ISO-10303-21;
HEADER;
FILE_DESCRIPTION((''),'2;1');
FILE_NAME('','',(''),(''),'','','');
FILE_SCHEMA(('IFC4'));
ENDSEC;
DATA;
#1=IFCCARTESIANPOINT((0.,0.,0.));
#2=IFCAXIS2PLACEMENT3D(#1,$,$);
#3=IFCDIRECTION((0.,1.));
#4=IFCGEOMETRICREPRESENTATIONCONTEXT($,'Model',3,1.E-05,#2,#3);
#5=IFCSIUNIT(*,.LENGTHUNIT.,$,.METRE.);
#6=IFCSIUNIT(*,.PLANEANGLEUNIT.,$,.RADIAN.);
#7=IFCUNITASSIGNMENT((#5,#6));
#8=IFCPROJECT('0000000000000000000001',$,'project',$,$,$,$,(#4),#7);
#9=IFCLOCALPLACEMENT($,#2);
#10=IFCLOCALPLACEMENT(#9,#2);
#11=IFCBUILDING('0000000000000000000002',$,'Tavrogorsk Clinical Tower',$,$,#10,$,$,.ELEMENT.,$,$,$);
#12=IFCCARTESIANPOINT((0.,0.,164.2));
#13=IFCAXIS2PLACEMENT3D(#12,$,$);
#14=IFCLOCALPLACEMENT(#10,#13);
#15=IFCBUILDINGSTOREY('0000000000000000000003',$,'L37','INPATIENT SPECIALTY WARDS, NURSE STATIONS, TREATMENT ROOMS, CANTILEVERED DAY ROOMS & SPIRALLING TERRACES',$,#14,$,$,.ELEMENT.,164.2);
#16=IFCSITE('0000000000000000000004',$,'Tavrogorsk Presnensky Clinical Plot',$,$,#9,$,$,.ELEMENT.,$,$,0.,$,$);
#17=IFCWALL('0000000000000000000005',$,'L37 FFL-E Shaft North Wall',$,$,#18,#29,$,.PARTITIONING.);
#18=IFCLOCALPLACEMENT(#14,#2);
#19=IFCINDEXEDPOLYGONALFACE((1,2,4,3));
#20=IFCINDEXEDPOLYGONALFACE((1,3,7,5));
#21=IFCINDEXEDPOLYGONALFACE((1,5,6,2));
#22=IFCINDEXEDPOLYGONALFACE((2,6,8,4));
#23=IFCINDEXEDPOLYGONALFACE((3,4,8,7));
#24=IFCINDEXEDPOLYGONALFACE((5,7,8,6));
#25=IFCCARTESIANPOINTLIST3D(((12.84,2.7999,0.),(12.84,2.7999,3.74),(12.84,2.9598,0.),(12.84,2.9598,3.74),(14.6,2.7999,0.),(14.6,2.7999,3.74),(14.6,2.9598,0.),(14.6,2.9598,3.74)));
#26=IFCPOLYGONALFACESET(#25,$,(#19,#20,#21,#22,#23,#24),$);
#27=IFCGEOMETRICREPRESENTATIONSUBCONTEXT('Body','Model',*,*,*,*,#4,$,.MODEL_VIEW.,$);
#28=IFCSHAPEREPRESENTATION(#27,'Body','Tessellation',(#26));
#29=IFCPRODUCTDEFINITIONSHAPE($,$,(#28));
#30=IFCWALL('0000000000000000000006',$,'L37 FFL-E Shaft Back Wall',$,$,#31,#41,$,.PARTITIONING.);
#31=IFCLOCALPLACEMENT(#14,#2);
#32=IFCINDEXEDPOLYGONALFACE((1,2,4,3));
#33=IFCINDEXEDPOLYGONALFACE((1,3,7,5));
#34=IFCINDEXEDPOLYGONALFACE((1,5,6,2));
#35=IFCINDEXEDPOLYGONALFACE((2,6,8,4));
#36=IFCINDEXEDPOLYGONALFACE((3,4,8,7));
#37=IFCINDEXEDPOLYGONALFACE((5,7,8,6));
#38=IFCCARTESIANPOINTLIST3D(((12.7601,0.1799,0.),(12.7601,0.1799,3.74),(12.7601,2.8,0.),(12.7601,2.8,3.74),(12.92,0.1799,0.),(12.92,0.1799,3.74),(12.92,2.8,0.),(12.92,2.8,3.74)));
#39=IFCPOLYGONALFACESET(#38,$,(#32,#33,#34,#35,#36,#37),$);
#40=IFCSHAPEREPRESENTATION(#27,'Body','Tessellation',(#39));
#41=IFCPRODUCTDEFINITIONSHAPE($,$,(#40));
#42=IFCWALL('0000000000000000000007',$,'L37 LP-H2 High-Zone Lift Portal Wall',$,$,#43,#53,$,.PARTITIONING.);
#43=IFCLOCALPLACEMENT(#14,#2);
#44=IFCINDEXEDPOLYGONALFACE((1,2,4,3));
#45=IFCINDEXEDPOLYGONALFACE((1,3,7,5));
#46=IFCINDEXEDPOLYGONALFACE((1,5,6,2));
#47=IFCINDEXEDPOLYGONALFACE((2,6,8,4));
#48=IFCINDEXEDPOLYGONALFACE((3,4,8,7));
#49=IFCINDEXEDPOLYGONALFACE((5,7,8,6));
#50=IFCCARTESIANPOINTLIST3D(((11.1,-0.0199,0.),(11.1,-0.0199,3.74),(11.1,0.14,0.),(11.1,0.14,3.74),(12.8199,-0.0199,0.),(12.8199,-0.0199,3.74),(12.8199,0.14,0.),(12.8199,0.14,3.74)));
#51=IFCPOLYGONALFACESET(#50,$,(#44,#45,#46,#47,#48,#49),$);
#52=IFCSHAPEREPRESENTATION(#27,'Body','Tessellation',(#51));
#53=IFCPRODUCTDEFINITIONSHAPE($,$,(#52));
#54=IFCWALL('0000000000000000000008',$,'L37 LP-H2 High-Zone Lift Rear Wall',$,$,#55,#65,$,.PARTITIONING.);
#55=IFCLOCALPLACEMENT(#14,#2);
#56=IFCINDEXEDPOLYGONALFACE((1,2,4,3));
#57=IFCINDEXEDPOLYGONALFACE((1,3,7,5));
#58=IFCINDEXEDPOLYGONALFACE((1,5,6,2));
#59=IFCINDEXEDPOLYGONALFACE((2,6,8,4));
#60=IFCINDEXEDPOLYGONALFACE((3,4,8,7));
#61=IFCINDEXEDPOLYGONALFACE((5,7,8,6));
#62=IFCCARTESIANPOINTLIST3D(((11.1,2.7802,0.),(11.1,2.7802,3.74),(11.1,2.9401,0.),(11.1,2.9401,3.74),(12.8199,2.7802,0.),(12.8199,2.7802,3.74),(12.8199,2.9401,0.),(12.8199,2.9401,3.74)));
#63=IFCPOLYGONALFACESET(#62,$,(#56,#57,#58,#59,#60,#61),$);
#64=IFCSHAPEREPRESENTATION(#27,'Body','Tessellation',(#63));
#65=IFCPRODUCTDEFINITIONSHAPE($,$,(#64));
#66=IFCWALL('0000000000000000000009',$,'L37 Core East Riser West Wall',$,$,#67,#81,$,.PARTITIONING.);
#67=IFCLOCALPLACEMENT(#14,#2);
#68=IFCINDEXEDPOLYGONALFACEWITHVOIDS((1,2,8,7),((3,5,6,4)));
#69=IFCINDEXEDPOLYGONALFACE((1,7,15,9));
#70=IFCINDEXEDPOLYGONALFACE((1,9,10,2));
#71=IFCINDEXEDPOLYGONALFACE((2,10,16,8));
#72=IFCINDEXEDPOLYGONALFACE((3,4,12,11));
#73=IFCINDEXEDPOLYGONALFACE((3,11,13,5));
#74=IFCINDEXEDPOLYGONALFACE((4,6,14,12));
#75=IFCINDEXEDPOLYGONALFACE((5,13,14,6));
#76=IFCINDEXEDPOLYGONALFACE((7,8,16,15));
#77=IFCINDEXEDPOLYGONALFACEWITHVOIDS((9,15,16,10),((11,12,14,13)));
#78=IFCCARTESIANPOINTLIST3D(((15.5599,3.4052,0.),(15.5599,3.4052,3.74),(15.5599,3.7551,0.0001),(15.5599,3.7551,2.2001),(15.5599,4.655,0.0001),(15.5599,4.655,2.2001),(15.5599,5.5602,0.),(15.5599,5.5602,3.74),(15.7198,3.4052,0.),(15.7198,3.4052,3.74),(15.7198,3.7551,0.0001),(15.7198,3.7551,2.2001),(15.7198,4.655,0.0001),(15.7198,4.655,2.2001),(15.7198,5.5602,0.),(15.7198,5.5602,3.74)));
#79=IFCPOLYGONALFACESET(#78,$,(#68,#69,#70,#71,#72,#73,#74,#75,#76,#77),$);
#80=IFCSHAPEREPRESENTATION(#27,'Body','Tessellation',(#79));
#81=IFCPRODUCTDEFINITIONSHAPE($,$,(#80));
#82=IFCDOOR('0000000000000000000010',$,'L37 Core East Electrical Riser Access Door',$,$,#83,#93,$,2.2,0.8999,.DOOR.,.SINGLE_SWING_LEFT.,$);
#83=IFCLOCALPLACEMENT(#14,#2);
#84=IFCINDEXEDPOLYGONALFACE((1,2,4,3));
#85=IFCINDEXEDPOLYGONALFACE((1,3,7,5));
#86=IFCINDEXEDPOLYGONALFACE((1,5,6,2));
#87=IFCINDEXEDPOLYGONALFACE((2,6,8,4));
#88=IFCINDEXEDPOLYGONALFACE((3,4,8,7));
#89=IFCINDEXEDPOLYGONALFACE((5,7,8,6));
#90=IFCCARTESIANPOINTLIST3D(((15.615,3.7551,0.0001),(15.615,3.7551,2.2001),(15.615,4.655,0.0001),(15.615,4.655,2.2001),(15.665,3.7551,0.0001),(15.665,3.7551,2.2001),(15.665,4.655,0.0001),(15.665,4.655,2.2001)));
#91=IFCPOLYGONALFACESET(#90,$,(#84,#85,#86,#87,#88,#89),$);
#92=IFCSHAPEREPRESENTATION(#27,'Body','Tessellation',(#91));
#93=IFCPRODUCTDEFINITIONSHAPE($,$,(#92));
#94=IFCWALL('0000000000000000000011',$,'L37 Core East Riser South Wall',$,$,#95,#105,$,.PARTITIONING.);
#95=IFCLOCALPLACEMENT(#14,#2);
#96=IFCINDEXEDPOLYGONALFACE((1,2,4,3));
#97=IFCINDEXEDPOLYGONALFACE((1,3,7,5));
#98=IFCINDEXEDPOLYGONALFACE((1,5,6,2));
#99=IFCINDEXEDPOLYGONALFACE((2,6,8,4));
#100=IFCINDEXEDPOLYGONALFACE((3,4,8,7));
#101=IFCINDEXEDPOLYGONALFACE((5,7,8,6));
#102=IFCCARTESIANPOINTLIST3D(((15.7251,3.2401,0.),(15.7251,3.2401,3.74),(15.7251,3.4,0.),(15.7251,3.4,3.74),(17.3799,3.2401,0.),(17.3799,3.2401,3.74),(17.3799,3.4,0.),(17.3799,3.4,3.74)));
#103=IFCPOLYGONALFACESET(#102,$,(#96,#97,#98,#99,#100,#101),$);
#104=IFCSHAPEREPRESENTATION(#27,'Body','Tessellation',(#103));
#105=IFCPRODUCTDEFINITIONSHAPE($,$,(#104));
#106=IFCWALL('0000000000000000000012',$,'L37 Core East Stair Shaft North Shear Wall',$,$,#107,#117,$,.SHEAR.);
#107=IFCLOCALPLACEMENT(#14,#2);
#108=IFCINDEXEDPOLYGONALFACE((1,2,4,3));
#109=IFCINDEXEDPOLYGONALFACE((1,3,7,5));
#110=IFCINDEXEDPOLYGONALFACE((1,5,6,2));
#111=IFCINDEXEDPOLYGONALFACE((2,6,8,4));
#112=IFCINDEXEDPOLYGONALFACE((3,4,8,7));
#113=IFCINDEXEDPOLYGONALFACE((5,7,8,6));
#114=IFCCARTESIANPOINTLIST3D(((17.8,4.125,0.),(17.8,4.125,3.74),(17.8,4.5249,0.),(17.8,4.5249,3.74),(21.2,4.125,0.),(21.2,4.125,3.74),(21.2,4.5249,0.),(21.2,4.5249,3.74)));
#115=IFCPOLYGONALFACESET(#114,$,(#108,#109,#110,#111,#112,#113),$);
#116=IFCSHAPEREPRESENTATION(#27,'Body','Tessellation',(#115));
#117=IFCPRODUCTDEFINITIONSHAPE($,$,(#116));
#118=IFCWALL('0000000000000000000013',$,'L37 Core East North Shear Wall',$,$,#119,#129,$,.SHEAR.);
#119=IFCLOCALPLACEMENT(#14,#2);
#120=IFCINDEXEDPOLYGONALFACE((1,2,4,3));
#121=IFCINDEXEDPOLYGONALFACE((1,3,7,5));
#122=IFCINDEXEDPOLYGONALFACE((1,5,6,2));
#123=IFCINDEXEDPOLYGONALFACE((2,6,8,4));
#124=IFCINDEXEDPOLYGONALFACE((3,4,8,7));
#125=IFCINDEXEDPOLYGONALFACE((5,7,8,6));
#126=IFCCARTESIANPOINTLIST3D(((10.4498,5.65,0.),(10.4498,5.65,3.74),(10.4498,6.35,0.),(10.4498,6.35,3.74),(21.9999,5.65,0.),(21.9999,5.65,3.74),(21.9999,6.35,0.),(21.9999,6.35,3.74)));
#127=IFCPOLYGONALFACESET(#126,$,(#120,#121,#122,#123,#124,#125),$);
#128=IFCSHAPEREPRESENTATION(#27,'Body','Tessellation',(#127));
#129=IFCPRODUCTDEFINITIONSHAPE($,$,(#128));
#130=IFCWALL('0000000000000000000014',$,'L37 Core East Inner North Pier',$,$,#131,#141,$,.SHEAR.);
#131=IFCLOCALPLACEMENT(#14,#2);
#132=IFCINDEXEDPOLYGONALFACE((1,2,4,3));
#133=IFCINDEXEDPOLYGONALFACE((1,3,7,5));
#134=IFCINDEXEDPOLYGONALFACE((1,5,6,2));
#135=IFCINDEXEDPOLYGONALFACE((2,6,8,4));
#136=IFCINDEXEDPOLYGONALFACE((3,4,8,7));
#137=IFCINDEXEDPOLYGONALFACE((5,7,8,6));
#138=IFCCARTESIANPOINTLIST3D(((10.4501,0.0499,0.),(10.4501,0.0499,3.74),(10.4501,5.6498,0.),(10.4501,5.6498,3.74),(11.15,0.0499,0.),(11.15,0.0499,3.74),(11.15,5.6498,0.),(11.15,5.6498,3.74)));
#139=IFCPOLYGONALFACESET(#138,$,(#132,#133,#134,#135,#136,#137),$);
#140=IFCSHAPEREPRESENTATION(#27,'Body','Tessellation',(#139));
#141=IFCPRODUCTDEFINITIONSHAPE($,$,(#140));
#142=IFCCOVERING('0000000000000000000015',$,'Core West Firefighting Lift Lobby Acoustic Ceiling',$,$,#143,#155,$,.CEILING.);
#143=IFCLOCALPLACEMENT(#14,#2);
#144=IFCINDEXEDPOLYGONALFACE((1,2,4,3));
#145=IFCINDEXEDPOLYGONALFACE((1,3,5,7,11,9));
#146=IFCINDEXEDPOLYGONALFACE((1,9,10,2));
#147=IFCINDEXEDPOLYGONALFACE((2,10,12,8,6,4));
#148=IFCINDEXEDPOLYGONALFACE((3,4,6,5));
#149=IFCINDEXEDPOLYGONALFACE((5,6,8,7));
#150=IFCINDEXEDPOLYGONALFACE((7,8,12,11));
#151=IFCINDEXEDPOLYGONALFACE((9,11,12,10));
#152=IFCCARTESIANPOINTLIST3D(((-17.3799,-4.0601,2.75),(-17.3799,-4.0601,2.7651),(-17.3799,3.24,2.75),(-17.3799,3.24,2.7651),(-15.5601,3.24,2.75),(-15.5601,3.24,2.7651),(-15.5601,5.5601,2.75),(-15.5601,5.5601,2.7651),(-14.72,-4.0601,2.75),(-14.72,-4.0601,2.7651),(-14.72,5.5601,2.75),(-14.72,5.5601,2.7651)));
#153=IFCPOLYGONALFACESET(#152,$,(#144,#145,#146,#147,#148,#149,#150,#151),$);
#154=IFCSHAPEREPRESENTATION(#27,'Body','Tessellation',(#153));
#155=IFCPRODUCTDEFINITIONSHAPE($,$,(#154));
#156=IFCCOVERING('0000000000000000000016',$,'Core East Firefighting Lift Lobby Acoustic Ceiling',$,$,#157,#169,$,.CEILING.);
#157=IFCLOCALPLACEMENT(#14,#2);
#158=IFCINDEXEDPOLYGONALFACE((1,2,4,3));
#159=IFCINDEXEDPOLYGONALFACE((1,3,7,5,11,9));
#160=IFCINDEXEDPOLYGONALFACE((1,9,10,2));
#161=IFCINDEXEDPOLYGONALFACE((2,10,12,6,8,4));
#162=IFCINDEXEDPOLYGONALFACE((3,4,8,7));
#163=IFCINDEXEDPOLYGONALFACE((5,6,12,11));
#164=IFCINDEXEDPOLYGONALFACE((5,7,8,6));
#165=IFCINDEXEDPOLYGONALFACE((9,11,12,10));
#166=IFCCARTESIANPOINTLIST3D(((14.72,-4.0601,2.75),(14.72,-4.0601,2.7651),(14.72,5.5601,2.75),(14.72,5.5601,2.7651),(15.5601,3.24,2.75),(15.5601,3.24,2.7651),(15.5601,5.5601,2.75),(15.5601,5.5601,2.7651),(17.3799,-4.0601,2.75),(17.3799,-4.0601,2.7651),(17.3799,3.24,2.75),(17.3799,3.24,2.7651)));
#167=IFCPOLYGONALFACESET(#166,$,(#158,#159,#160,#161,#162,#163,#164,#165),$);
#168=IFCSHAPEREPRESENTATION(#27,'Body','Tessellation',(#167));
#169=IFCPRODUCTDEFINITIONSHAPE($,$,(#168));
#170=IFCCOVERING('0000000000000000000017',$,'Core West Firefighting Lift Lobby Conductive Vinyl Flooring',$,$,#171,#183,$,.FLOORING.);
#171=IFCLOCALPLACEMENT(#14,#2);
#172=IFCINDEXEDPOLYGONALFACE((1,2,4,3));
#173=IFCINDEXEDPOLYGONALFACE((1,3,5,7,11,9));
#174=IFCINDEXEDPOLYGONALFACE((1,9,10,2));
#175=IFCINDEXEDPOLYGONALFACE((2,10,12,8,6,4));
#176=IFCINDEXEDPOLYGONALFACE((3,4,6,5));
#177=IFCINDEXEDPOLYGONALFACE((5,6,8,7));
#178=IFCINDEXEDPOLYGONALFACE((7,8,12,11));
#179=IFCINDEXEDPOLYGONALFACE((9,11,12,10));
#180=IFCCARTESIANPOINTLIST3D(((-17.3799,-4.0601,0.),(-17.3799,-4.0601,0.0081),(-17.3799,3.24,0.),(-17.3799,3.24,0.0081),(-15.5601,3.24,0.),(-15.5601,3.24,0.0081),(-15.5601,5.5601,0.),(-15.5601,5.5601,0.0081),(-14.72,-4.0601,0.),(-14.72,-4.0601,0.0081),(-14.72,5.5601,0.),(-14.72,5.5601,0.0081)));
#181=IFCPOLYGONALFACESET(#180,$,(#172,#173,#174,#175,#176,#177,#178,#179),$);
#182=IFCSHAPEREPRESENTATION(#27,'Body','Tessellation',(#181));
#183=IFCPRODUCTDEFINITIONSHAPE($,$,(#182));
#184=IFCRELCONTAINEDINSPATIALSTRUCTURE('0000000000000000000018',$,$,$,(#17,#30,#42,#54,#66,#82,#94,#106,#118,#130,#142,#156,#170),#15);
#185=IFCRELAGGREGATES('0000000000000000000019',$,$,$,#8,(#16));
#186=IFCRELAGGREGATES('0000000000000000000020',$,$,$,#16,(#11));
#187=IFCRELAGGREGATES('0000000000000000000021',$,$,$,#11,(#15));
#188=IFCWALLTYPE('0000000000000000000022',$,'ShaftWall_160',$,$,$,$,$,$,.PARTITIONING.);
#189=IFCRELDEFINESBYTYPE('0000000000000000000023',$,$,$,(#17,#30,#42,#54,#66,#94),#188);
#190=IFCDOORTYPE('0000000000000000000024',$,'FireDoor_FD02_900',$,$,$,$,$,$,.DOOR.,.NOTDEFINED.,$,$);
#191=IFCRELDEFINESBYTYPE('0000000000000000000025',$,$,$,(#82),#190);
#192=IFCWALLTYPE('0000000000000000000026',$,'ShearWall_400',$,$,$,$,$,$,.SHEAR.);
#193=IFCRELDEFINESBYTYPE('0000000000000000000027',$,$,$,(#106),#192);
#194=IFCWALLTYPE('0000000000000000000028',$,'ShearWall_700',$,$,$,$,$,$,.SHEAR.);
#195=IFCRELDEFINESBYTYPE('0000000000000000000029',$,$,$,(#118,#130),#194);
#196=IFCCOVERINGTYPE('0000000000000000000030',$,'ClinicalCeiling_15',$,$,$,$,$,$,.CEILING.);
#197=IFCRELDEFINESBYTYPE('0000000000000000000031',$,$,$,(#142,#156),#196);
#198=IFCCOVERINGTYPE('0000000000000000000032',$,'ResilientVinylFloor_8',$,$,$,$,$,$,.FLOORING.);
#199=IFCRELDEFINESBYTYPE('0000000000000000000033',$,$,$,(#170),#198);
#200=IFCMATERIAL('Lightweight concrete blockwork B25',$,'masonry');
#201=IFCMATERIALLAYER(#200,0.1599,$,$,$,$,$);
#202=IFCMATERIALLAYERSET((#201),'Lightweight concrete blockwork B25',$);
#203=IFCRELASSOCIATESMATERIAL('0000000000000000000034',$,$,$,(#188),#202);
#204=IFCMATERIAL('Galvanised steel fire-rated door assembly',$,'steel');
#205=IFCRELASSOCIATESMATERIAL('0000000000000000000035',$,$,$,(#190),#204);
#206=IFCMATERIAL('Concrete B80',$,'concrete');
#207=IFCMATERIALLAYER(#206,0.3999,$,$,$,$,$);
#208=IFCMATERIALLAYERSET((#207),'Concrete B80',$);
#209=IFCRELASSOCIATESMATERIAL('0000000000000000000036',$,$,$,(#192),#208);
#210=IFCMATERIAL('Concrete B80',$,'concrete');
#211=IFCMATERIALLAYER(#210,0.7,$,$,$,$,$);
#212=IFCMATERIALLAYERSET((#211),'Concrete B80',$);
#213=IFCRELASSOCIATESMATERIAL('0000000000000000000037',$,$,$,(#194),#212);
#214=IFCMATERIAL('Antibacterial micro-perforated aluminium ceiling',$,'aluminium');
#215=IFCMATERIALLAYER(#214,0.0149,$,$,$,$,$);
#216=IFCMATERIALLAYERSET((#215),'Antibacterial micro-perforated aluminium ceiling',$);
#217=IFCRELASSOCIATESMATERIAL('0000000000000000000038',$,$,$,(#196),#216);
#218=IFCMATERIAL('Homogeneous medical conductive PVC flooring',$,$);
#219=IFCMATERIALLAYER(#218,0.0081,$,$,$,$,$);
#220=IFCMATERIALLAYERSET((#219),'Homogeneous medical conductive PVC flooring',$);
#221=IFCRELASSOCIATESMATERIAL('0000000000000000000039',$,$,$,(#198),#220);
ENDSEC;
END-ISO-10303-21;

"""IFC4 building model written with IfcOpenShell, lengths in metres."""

from ifc_helpers import new_model, si_unit, direction, frame, frame_2d, origin, place, context, subcontext, project, spatial, polyline, rectangle, outline, extrude, material, layer, layer_set, type_object, element, fill, save


model = new_model("IFC4")

# Units and contexts
model_context = context("Model", 3, precision=1e-05, world=origin(), true_north=direction((0.0, 1.0)))
body_context = subcontext(model_context, "Body", "Model", "MODEL_VIEW")
ifc_project = project(units=[si_unit("LENGTHUNIT", "METRE"), si_unit("PLANEANGLEUNIT", "RADIAN")], contexts=[model_context])

# Site, building, storey
site_placement = place(None, origin())
site = spatial("IfcSite", under=ifc_project, at=site_placement, Name="Tavrogorsk Presnensky Clinical Plot", CompositionType="ELEMENT", RefElevation=0.0)
building_placement = place(site_placement, origin())
building = spatial("IfcBuilding", under=site, at=building_placement, Name="Tavrogorsk Clinical Tower", CompositionType="ELEMENT")
storey_placement = place(building_placement, frame((0.0, 0.0, 164.2)))
storey = spatial("IfcBuildingStorey", under=building, at=storey_placement, Name="L37", Description="INPATIENT SPECIALTY WARDS, NURSE STATIONS, TREATMENT ROOMS, CANTILEVERED DAY ROOMS & SPIRALLING TERRACES", CompositionType="ELEMENT", Elevation=164.2)

# Shared definitions
ifc_material_1 = material(Name="Lightweight concrete blockwork B25", Category="masonry")
ifc_layer_1 = layer(ifc_material_1, 0.1599)
ifc_layer_set_1 = layer_set([ifc_layer_1], Name="Lightweight concrete blockwork B25")
wall_type_1 = type_object("IfcWallType", Name="ShaftWall_160", PredefinedType="PARTITIONING", material=ifc_layer_set_1)

# Walls
for number, where, z_axis, x_axis, name in (
    (1, (12.8401, 2.8799, 0.0), (0.0, 0.0, 1.0), (1.0, 0.0, 0.0), "L37 FFL-E Shaft North Wall"),
):
    element("IfcWall", number, at=place(storey_placement, frame(where, z_axis=z_axis, x_axis=x_axis)), inside=storey, type_object=wall_type_1, Name=name, PredefinedType="PARTITIONING", context=body_context, shape_type="SweptSolid", body=[
        extrude(rectangle(XDim=1.76, YDim=0.1599, at=frame_2d((0.8799, 0.0))), origin(), (0.0, 0.0, 1.0), 3.74),
    ])
wall_1_placement = place(storey_placement, frame((12.8401, 0.1799, 0.0), z_axis=(0.0, 0.0, 1.0), x_axis=(0.0, 1.0, 0.0)))
element("IfcWall", 2, at=wall_1_placement, inside=storey, type_object=wall_type_1, Name="L37 FFL-E Shaft Back Wall", PredefinedType="PARTITIONING", context=body_context, shape_type="SweptSolid", body=[
    extrude(rectangle(XDim=2.6201, YDim=0.1599, at=frame_2d((1.3101, 0.0))), origin(), (0.0, 0.0, 1.0), 3.74),
])
for number, where, z_axis, x_axis, name in (
    (3, (11.1001, 0.0601, 0.0), (0.0, 0.0, 1.0), (1.0, 0.0, 0.0), "L37 LP-H2 High-Zone Lift Portal Wall"),
    (4, (11.1001, 2.8601, 0.0), (0.0, 0.0, 1.0), (1.0, 0.0, 0.0), "L37 LP-H2 High-Zone Lift Rear Wall"),
):
    element("IfcWall", number, at=place(storey_placement, frame(where, z_axis=z_axis, x_axis=x_axis)), inside=storey, type_object=wall_type_1, Name=name, PredefinedType="PARTITIONING", context=body_context, shape_type="SweptSolid", body=[
        extrude(rectangle(XDim=1.72, YDim=0.1599, at=frame_2d((0.8599, 0.0))), origin(), (0.0, 0.0, 1.0), 3.74),
    ])

# Wall, opening, door
wall_2_placement = place(storey_placement, frame((15.6399, 3.405, 0.0), z_axis=(0.0, 0.0, 1.0), x_axis=(0.0, 1.0, 0.0)))
wall_2 = element("IfcWall", 5, at=wall_2_placement, inside=storey, type_object=wall_type_1, Name="L37 Core East Riser West Wall", PredefinedType="PARTITIONING", context=body_context, shape_type="SweptSolid", body=[
    extrude(rectangle(XDim=2.155, YDim=0.1599, at=frame_2d((1.0776, 0.0))), origin(), (0.0, 0.0, 1.0), 3.74),
])
opening_1_placement = place(wall_2_placement, frame((0.3501, 0.0, 0.0)))
opening_1 = element("IfcOpeningElement", 6, at=opening_1_placement, cuts=wall_2, PredefinedType="OPENING", context=body_context, shape_type="SweptSolid", body=[
    extrude(rectangle(XDim=0.8999, YDim=2.2, at=frame_2d((0.45, 1.1001))), frame((0.0, 0.0898, 0.0), z_axis=(0.0, -1.0, 0.0), x_axis=(1.0, 0.0, 0.0)), (0.0, 0.0, 1.0), 0.1799),
])
ifc_material_2 = material(Name="Galvanised steel fire-rated door assembly", Category="steel")
door_type_1 = type_object("IfcDoorType", Name="FireDoor_FD02_900", OperationType="NOTDEFINED", PredefinedType="DOOR", material=ifc_material_2)
door_1_placement = place(opening_1_placement, origin())
door_1 = element("IfcDoor", 7, at=door_1_placement, inside=storey, type_object=door_type_1, Name="L37 Core East Electrical Riser Access Door", OperationType="SINGLE_SWING_LEFT", OverallHeight=2.2, OverallWidth=0.8999, PredefinedType="DOOR", context=body_context, shape_type="SweptSolid", body=[
    extrude(rectangle(XDim=0.8999, YDim=2.2, at=frame_2d((0.45, 1.1001))), frame((0.0, 0.0249, 0.0), z_axis=(0.0, -1.0, 0.0), x_axis=(1.0, 0.0, 0.0)), (0.0, 0.0, 1.0), 0.05),
])
fill(opening_1, door_1)

# Walls
wall_3_placement = place(storey_placement, frame((15.7251, 3.3201, 0.0), z_axis=(0.0, 0.0, 1.0), x_axis=(1.0, 0.0, 0.0)))
element("IfcWall", 8, at=wall_3_placement, inside=storey, type_object=wall_type_1, Name="L37 Core East Riser South Wall", PredefinedType="PARTITIONING", context=body_context, shape_type="SweptSolid", body=[
    extrude(rectangle(XDim=1.6548, YDim=0.1599, at=frame_2d((0.8274, 0.0))), origin(), (0.0, 0.0, 1.0), 3.74),
])
ifc_material_3 = material(Name="Concrete B80", Category="concrete")
ifc_layer_2 = layer(ifc_material_3, 0.3999)
ifc_layer_set_2 = layer_set([ifc_layer_2], Name="Concrete B80")
wall_type_2 = type_object("IfcWallType", Name="ShearWall_400", PredefinedType="SHEAR", material=ifc_layer_set_2)
wall_4_placement = place(storey_placement, frame((17.8, 4.325, 0.0), z_axis=(0.0, 0.0, 1.0), x_axis=(1.0, 0.0, 0.0)))
element("IfcWall", 9, at=wall_4_placement, inside=storey, type_object=wall_type_2, Name="L37 Core East Stair Shaft North Shear Wall", PredefinedType="SHEAR", context=body_context, shape_type="SweptSolid", body=[
    extrude(rectangle(XDim=3.3999, YDim=0.3999, at=frame_2d((1.7, 0.0))), origin(), (0.0, 0.0, 1.0), 3.74),
])
ifc_material_4 = material(Name="Concrete B80", Category="concrete")
ifc_layer_3 = layer(ifc_material_4, 0.7)
ifc_layer_set_3 = layer_set([ifc_layer_3], Name="Concrete B80")
wall_type_3 = type_object("IfcWallType", Name="ShearWall_700", PredefinedType="SHEAR", material=ifc_layer_set_3)
wall_5_placement = place(storey_placement, frame((10.45, 6.0, 0.0), z_axis=(0.0, 0.0, 1.0), x_axis=(1.0, 0.0, 0.0)))
element("IfcWall", 10, at=wall_5_placement, inside=storey, type_object=wall_type_3, Name="L37 Core East North Shear Wall", PredefinedType="SHEAR", context=body_context, shape_type="SweptSolid", body=[
    extrude(rectangle(XDim=11.55, YDim=0.7, at=frame_2d((5.7749, 0.0))), origin(), (0.0, 0.0, 1.0), 3.74),
])
wall_6_placement = place(storey_placement, frame((10.8, 0.05, 0.0), z_axis=(0.0, 0.0, 1.0), x_axis=(0.0, 1.0, 0.0)))
element("IfcWall", 11, at=wall_6_placement, inside=storey, type_object=wall_type_3, Name="L37 Core East Inner North Pier", PredefinedType="SHEAR", context=body_context, shape_type="SweptSolid", body=[
    extrude(rectangle(XDim=5.5999, YDim=0.7, at=frame_2d((2.7998, 0.0))), origin(), (0.0, 0.0, 1.0), 3.74),
])

# Coverings
ifc_material_5 = material(Name="Antibacterial micro-perforated aluminium ceiling", Category="aluminium")
ifc_layer_4 = layer(ifc_material_5, 0.0149)
ifc_layer_set_4 = layer_set([ifc_layer_4], Name="Antibacterial micro-perforated aluminium ceiling")
covering_type_1 = type_object("IfcCoveringType", Name="ClinicalCeiling_15", PredefinedType="CEILING", material=ifc_layer_set_4)
covering_1_placement = place(storey_placement, frame((0.0, 0.0, 2.75)))
element("IfcCovering", 12, at=covering_1_placement, inside=storey, type_object=covering_type_1, Name="Core West Firefighting Lift Lobby Acoustic Ceiling", PredefinedType="CEILING", context=body_context, shape_type="SweptSolid", body=[
    extrude(outline(polyline([(-14.72, 5.5601), (-14.72, -4.0601), (-17.3799, -4.0601), (-17.3799, 3.24), (-15.5601, 3.24), (-15.5601, 5.5601), (-14.72, 5.5601)])), origin(), (0.0, 0.0, 1.0), 0.0151),
])
covering_2_placement = place(storey_placement, frame((0.0, 0.0, 2.75)))
element("IfcCovering", 13, at=covering_2_placement, inside=storey, type_object=covering_type_1, Name="Core East Firefighting Lift Lobby Acoustic Ceiling", PredefinedType="CEILING", context=body_context, shape_type="SweptSolid", body=[
    extrude(outline(polyline([(17.3799, -4.0601), (14.72, -4.0601), (14.72, 5.5601), (15.5601, 5.5601), (15.5601, 3.24), (17.3799, 3.24), (17.3799, -4.0601)])), origin(), (0.0, 0.0, 1.0), 0.0151),
])
ifc_material_6 = material(Name="Homogeneous medical conductive PVC flooring")
ifc_layer_5 = layer(ifc_material_6, 0.0081)
ifc_layer_set_5 = layer_set([ifc_layer_5], Name="Homogeneous medical conductive PVC flooring")
covering_type_2 = type_object("IfcCoveringType", Name="ResilientVinylFloor_8", PredefinedType="FLOORING", material=ifc_layer_set_5)
covering_3_placement = place(storey_placement, origin())
element("IfcCovering", 14, at=covering_3_placement, inside=storey, type_object=covering_type_2, Name="Core West Firefighting Lift Lobby Conductive Vinyl Flooring", PredefinedType="FLOORING", context=body_context, shape_type="SweptSolid", body=[
    extrude(outline(polyline([(-14.72, 5.5601), (-14.72, -4.0601), (-17.3799, -4.0601), (-17.3799, 3.24), (-15.5601, 3.24), (-15.5601, 5.5601), (-14.72, 5.5601)])), origin(), (0.0, 0.0, 1.0), 0.0081),
])

save(model, "model.ifc")
